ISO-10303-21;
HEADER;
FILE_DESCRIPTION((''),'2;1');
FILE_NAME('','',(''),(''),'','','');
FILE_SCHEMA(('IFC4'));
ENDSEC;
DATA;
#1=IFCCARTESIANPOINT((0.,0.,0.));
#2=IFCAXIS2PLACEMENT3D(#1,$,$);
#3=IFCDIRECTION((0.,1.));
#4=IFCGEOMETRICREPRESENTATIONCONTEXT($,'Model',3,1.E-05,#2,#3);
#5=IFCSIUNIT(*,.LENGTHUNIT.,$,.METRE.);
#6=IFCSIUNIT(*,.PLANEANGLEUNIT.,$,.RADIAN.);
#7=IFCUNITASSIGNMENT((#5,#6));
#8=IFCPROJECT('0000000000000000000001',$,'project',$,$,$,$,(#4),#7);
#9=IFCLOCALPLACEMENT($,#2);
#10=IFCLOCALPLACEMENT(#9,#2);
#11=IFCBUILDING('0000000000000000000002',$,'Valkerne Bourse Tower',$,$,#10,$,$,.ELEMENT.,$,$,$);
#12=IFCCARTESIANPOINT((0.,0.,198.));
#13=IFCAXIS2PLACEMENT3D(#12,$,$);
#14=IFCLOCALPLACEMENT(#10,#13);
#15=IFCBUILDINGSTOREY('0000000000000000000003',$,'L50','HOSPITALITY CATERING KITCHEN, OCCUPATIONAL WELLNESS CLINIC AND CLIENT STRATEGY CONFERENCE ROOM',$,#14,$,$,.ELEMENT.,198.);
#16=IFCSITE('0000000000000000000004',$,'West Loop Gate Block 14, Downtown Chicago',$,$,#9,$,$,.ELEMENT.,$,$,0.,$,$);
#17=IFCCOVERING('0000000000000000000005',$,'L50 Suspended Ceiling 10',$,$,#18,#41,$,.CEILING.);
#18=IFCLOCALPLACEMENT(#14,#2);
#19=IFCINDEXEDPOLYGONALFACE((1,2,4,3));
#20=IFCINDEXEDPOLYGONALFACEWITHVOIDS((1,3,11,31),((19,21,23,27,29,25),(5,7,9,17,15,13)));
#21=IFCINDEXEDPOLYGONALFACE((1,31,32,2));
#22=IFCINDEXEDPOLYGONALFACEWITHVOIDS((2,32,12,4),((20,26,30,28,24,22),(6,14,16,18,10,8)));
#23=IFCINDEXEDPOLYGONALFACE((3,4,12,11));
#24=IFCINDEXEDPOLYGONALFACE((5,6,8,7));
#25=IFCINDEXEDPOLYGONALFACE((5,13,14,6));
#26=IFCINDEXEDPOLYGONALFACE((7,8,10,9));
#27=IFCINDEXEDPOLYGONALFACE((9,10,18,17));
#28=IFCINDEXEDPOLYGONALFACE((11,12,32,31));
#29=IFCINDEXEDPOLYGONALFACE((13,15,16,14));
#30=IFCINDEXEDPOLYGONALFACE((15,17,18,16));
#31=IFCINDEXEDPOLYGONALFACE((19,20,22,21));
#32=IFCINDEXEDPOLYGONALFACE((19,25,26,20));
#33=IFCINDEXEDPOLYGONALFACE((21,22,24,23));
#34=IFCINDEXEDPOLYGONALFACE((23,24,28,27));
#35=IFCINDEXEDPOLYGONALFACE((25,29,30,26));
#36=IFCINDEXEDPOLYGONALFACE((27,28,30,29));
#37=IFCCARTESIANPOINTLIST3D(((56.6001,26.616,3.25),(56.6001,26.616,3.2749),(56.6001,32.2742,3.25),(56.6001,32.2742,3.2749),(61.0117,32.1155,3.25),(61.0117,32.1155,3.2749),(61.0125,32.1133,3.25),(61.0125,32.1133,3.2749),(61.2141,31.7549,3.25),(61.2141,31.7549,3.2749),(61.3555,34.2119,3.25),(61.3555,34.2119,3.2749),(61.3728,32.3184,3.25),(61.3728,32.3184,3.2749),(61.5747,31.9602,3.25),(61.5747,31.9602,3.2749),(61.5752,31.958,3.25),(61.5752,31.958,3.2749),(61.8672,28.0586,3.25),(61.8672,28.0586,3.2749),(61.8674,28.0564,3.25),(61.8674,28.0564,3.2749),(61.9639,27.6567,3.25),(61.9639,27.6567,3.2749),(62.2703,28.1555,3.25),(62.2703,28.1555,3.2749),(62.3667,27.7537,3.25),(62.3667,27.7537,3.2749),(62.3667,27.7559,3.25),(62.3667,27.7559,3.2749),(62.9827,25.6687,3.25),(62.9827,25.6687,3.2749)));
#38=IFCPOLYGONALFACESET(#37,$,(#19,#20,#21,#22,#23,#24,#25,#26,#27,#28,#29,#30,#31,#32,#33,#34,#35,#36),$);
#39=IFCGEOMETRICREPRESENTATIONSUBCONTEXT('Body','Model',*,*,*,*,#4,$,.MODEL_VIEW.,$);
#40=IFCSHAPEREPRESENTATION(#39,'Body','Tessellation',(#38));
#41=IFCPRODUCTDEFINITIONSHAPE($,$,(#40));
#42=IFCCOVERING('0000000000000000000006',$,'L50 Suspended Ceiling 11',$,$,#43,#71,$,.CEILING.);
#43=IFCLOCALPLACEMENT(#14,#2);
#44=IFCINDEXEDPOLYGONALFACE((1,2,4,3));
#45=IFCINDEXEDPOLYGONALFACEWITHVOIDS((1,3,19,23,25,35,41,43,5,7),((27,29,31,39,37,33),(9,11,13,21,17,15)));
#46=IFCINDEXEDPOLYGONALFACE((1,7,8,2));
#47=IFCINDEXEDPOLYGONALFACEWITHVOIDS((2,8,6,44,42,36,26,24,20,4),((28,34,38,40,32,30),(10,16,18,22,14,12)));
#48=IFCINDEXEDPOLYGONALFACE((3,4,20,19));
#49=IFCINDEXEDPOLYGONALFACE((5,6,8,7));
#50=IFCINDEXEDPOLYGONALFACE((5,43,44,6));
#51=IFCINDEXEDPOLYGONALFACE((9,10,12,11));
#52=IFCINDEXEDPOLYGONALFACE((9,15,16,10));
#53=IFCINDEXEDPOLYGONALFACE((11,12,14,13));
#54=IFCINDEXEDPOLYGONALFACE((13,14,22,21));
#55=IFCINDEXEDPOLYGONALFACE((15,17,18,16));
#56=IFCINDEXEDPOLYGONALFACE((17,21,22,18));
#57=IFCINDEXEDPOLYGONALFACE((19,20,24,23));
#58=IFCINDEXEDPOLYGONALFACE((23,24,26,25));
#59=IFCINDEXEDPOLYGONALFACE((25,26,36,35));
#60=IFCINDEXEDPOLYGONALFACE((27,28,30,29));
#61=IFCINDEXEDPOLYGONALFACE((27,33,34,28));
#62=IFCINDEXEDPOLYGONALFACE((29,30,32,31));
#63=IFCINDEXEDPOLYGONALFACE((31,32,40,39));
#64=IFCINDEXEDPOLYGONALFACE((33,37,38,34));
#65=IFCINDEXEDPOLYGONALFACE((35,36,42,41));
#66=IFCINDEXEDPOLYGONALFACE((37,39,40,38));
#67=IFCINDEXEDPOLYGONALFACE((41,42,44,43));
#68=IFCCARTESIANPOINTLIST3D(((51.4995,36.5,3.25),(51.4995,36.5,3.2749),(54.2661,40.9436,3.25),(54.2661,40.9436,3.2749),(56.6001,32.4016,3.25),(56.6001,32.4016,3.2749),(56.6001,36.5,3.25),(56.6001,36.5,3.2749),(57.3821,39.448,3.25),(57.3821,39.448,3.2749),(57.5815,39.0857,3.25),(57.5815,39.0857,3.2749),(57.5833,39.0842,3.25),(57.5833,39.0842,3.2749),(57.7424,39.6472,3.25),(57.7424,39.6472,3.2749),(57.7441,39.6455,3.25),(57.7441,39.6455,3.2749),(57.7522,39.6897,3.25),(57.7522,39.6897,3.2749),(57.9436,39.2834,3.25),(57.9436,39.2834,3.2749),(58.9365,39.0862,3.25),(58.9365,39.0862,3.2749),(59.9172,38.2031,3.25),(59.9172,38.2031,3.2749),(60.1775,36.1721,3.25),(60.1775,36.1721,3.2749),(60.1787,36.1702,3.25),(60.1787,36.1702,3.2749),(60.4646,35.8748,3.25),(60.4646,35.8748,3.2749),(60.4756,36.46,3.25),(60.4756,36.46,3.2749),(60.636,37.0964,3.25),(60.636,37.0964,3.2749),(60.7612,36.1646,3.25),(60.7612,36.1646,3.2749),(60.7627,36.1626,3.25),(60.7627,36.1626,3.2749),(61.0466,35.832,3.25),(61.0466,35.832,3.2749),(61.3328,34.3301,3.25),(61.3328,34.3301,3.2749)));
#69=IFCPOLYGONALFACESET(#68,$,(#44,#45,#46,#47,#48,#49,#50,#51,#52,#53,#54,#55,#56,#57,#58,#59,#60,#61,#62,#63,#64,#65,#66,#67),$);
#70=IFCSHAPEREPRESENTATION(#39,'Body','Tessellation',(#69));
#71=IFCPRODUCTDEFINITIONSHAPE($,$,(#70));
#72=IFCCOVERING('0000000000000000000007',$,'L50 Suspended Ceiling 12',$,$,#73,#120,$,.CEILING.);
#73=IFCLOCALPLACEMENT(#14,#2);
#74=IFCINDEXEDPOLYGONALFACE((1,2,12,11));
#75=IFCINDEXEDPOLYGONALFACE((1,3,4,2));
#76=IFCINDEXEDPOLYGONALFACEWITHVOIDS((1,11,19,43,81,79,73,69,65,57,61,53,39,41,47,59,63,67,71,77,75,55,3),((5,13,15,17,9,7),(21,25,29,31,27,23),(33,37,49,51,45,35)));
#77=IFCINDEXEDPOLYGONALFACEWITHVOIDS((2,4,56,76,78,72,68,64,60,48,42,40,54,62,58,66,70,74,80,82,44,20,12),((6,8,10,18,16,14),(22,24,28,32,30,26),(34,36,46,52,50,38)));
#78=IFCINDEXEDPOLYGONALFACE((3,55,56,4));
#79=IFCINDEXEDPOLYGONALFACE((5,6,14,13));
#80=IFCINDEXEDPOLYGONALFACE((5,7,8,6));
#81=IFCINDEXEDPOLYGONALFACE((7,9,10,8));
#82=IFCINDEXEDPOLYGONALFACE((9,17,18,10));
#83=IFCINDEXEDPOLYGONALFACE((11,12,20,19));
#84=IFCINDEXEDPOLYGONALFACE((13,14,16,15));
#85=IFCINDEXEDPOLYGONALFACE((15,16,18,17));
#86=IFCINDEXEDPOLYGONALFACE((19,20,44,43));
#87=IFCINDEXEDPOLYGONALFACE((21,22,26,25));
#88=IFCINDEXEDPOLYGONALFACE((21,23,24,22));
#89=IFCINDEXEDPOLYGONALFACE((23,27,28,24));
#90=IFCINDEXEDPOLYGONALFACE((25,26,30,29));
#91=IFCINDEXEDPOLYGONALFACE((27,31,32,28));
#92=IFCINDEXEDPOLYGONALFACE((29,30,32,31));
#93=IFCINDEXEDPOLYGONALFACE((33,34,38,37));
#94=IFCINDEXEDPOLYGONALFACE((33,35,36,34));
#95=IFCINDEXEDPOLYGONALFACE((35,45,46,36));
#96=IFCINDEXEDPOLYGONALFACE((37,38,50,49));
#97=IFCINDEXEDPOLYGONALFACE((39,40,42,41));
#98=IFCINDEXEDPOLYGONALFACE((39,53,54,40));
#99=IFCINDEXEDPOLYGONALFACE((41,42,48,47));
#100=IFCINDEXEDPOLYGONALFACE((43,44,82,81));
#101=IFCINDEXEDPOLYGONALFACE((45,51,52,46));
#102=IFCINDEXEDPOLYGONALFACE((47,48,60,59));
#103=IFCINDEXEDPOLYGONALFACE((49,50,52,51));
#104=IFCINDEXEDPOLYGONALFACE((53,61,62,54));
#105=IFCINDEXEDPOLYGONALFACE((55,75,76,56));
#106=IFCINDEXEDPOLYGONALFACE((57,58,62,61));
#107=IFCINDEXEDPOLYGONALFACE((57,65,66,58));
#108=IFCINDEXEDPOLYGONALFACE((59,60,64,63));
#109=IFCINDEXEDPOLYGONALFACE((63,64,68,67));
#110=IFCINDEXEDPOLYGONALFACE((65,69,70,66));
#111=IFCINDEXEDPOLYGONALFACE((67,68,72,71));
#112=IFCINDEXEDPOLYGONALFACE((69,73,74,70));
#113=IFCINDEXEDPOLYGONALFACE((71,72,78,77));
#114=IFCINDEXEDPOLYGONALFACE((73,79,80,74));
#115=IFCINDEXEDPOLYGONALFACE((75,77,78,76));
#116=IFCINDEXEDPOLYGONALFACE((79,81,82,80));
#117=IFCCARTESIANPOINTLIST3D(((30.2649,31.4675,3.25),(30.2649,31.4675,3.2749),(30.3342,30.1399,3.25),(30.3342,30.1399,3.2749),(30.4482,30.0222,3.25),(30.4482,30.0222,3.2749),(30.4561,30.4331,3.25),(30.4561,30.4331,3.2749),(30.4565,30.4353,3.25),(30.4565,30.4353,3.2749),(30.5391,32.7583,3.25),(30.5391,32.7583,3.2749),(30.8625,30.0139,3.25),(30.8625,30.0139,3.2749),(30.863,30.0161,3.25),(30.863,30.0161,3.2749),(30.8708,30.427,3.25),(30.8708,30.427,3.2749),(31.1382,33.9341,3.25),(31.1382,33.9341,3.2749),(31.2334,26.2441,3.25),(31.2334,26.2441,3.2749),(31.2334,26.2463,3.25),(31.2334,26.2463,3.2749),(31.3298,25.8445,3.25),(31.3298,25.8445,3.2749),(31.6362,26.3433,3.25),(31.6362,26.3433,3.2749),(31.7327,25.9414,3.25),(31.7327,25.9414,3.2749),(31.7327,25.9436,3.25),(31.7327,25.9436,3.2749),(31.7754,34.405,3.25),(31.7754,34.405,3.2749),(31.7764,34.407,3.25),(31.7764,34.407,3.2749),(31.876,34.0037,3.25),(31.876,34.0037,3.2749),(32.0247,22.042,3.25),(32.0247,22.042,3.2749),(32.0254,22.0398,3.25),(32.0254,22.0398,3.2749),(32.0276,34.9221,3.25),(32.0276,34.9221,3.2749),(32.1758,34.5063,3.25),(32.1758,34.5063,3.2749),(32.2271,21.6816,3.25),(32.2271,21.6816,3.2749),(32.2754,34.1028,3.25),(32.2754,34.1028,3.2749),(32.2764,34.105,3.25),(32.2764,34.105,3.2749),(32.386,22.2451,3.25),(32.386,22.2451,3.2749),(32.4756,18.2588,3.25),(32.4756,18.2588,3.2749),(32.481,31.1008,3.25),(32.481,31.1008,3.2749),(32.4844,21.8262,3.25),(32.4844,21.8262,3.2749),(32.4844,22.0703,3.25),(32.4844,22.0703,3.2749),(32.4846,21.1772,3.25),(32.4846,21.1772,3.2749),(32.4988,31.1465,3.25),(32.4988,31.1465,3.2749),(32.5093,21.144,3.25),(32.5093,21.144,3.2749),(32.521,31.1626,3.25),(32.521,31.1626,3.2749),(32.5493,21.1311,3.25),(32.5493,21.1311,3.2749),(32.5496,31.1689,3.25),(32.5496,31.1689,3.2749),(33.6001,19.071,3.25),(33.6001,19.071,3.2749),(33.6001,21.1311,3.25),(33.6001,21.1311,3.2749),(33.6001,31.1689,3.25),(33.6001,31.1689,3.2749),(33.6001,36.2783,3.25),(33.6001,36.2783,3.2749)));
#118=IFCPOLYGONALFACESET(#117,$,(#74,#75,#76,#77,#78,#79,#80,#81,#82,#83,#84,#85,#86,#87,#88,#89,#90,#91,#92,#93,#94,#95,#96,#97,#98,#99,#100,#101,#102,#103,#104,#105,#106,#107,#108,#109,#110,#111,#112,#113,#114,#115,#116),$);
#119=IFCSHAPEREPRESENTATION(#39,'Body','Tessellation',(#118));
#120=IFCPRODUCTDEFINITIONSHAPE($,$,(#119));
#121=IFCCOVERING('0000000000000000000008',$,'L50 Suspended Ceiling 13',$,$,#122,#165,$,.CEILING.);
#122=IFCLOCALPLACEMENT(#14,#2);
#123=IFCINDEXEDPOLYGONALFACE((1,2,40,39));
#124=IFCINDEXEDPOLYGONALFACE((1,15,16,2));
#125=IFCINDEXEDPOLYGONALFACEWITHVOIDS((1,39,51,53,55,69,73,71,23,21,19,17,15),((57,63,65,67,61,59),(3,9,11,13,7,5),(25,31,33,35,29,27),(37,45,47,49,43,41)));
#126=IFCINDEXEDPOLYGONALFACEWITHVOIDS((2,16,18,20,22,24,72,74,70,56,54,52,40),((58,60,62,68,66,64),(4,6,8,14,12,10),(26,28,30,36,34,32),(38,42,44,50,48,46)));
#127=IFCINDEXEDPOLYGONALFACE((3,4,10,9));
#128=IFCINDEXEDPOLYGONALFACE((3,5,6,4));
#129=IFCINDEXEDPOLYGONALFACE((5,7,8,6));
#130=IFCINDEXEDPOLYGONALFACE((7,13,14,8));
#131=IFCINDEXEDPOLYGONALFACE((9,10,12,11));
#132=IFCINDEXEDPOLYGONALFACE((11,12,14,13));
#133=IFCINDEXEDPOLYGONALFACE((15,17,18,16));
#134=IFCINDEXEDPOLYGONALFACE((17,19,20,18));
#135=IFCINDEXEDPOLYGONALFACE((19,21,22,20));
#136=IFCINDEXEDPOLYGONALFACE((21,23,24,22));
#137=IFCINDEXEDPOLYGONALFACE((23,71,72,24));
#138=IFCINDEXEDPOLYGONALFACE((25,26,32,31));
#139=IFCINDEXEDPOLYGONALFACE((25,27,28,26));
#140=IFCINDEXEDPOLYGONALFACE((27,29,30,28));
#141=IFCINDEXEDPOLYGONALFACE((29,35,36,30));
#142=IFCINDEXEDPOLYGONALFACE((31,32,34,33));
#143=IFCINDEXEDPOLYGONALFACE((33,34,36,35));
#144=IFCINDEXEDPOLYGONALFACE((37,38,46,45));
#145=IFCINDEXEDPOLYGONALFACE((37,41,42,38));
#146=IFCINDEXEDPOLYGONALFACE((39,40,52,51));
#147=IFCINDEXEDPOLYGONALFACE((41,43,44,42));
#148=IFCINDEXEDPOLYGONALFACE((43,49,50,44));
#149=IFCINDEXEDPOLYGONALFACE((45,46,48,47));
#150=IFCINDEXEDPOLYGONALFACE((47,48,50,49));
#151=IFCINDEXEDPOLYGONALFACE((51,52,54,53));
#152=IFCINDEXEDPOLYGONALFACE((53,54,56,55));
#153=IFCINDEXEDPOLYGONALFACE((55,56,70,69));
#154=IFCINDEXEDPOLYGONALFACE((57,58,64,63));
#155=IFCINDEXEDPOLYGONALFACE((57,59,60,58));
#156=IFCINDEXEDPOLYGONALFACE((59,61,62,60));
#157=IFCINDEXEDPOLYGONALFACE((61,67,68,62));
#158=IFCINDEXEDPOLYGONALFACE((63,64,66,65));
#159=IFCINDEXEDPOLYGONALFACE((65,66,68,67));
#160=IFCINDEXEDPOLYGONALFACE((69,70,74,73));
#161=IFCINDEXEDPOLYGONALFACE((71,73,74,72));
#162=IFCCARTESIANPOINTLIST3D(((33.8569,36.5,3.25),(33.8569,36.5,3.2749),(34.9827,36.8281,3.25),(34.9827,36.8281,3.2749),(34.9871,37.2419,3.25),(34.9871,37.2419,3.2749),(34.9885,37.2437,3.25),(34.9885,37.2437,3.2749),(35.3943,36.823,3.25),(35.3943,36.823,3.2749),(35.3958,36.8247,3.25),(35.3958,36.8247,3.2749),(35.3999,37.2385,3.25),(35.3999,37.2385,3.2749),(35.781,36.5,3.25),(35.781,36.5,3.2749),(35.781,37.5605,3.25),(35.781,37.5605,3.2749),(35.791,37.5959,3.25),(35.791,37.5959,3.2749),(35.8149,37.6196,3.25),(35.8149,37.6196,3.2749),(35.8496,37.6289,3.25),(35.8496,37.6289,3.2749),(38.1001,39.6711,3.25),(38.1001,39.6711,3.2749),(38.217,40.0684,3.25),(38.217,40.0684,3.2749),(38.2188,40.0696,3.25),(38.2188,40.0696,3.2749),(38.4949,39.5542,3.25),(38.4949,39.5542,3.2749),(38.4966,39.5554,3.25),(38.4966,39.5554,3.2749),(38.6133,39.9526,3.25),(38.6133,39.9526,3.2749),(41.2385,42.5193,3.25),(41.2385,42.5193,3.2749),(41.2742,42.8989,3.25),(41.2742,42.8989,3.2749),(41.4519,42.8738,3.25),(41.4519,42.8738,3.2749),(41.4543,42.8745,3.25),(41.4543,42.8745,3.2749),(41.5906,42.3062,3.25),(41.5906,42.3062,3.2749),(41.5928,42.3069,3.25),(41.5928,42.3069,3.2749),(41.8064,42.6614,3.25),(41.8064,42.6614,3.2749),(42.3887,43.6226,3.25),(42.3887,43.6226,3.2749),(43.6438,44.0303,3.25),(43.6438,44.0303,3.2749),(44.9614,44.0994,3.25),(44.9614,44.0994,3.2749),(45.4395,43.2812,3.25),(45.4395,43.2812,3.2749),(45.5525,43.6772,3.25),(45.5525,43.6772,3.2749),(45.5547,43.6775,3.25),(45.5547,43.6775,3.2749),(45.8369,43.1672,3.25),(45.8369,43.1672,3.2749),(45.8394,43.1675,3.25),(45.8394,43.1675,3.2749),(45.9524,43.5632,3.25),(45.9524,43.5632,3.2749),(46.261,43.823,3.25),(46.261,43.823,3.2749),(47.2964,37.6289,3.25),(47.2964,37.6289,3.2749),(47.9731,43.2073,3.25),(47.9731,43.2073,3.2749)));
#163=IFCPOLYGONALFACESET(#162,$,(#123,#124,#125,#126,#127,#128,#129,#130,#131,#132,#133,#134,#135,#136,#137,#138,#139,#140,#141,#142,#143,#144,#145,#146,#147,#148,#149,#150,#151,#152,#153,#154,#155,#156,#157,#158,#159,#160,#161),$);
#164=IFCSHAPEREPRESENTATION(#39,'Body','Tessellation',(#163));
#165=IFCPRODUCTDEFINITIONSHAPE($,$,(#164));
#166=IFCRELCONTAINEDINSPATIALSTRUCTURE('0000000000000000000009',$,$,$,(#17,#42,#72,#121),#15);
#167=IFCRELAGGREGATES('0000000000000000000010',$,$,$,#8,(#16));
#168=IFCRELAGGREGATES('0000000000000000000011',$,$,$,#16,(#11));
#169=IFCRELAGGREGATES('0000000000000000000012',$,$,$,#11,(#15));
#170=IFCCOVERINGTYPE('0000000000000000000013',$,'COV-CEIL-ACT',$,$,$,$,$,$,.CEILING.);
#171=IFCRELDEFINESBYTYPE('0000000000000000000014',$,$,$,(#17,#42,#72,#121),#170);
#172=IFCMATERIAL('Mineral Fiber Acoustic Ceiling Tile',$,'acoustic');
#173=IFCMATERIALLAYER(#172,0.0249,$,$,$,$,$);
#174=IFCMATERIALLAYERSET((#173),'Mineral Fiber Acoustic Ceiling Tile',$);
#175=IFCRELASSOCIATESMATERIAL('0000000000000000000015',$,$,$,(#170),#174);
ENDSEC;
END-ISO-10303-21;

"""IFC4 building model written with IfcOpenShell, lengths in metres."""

from ifc_helpers import new_model, si_unit, direction, frame, origin, place, context, subcontext, project, spatial, polyline, outline, extrude, material, layer, layer_set, type_object, element, save


model = new_model("IFC4")

# Units and contexts
model_context = context("Model", 3, precision=1e-05, world=origin(), true_north=direction((0.0, 1.0)))
body_context = subcontext(model_context, "Body", "Model", "MODEL_VIEW")
ifc_project = project(units=[si_unit("LENGTHUNIT", "METRE"), si_unit("PLANEANGLEUNIT", "RADIAN")], contexts=[model_context])

# Site, building, storey
site_placement = place(None, origin())
site = spatial("IfcSite", under=ifc_project, at=site_placement, Name="West Loop Gate Block 14, Downtown Chicago", CompositionType="ELEMENT", RefElevation=0.0)
building_placement = place(site_placement, origin())
building = spatial("IfcBuilding", under=site, at=building_placement, Name="Valkerne Bourse Tower", CompositionType="ELEMENT")
storey_placement = place(building_placement, frame((0.0, 0.0, 198.0)))
storey = spatial("IfcBuildingStorey", under=building, at=storey_placement, Name="L50", Description="HOSPITALITY CATERING KITCHEN, OCCUPATIONAL WELLNESS CLINIC AND CLIENT STRATEGY CONFERENCE ROOM", CompositionType="ELEMENT", Elevation=198.0)

# Coverings
ifc_material_1 = material(Name="Mineral Fiber Acoustic Ceiling Tile", Category="acoustic")
ifc_layer_1 = layer(ifc_material_1, 0.0249)
ifc_layer_set_1 = layer_set([ifc_layer_1], Name="Mineral Fiber Acoustic Ceiling Tile")
covering_type_1 = type_object("IfcCoveringType", Name="COV-CEIL-ACT", PredefinedType="CEILING", material=ifc_layer_set_1)
covering_1_placement = place(storey_placement, frame((0.0, 0.0, 3.25)))
element("IfcCovering", 1, at=covering_1_placement, inside=storey, type_object=covering_type_1, Name="L50 Suspended Ceiling 10", PredefinedType="CEILING", context=body_context, shape_type="SweptSolid", body=[
    extrude(outline(polyline([(61.3555, 34.2119), (62.9827, 25.6687), (56.6001, 26.616), (56.6001, 32.2742), (61.3555, 34.2119)]), holes=[polyline([(62.3667, 27.7559), (62.2703, 28.1555), (61.8672, 28.0586), (61.8674, 28.0564), (61.9639, 27.6567), (62.3667, 27.7537), (62.3667, 27.7559)]), polyline([(61.5747, 31.9602), (61.3728, 32.3184), (61.0117, 32.1155), (61.0125, 32.1133), (61.2141, 31.7549), (61.5752, 31.958), (61.5747, 31.9602)])]), origin(), (0.0, 0.0, 1.0), 0.0249),
])
covering_2_placement = place(storey_placement, frame((0.0, 0.0, 3.25)))
element("IfcCovering", 2, at=covering_2_placement, inside=storey, type_object=covering_type_1, Name="L50 Suspended Ceiling 11", PredefinedType="CEILING", context=body_context, shape_type="SweptSolid", body=[
    extrude(outline(polyline([(59.9172, 38.2031), (60.636, 37.0964), (61.0466, 35.832), (61.3328, 34.3301), (56.6001, 32.4016), (56.6001, 36.5), (51.4995, 36.5), (54.2661, 40.9436), (57.7522, 39.6897), (58.9365, 39.0862), (59.9172, 38.2031)]), holes=[polyline([(60.7612, 36.1646), (60.4756, 36.46), (60.1775, 36.1721), (60.1787, 36.1702), (60.4646, 35.8748), (60.7627, 36.1626), (60.7612, 36.1646)]), polyline([(57.7441, 39.6455), (57.7424, 39.6472), (57.3821, 39.448), (57.5815, 39.0857), (57.5833, 39.0842), (57.9436, 39.2834), (57.7441, 39.6455)])]), origin(), (0.0, 0.0, 1.0), 0.0249),
])
covering_3_placement = place(storey_placement, frame((0.0, 0.0, 3.25)))
element("IfcCovering", 3, at=covering_3_placement, inside=storey, type_object=covering_type_1, Name="L50 Suspended Ceiling 12", PredefinedType="CEILING", context=body_context, shape_type="SweptSolid", body=[
    extrude(outline(polyline([(30.5391, 32.7583), (31.1382, 33.9341), (32.0276, 34.9221), (33.6001, 36.2783), (33.6001, 31.1689), (32.5496, 31.1689), (32.521, 31.1626), (32.4988, 31.1465), (32.481, 31.1008), (32.4844, 22.0703), (32.386, 22.2451), (32.0247, 22.042), (32.0254, 22.0398), (32.2271, 21.6816), (32.4844, 21.8262), (32.4846, 21.1772), (32.5093, 21.144), (32.5493, 21.1311), (33.6001, 21.1311), (33.6001, 19.071), (32.4756, 18.2588), (30.3342, 30.1399), (30.2649, 31.4675), (30.5391, 32.7583)]), holes=[polyline([(31.7327, 25.9436), (31.6362, 26.3433), (31.2334, 26.2463), (31.2334, 26.2441), (31.3298, 25.8445), (31.7327, 25.9414), (31.7327, 25.9436)]), polyline([(30.8708, 30.427), (30.4565, 30.4353), (30.4561, 30.4331), (30.4482, 30.0222), (30.8625, 30.0139), (30.863, 30.0161), (30.8708, 30.427)]), polyline([(32.2764, 34.105), (32.1758, 34.5063), (31.7764, 34.407), (31.7754, 34.405), (31.876, 34.0037), (32.2754, 34.1028), (32.2764, 34.105)])]), origin(), (0.0, 0.0, 1.0), 0.0249),
])
covering_4_placement = place(storey_placement, frame((0.0, 0.0, 3.25)))
element("IfcCovering", 4, at=covering_4_placement, inside=storey, type_object=covering_type_1, Name="L50 Suspended Ceiling 13", PredefinedType="CEILING", context=body_context, shape_type="SweptSolid", body=[
    extrude(outline(polyline([(41.2742, 42.8989), (42.3887, 43.6226), (43.6438, 44.0303), (44.9614, 44.0994), (46.261, 43.823), (47.9731, 43.2073), (47.2964, 37.6289), (35.8496, 37.6289), (35.8149, 37.6196), (35.791, 37.5959), (35.781, 37.5605), (35.781, 36.5), (33.8569, 36.5), (41.2742, 42.8989)]), holes=[polyline([(35.3999, 37.2385), (34.9885, 37.2437), (34.9871, 37.2419), (34.9827, 36.8281), (35.3943, 36.823), (35.3958, 36.8247), (35.3999, 37.2385)]), polyline([(38.4966, 39.5554), (38.6133, 39.9526), (38.2188, 40.0696), (38.217, 40.0684), (38.1001, 39.6711), (38.4949, 39.5542), (38.4966, 39.5554)]), polyline([(41.5928, 42.3069), (41.8064, 42.6614), (41.4543, 42.8745), (41.4519, 42.8738), (41.2385, 42.5193), (41.5906, 42.3062), (41.5928, 42.3069)]), polyline([(45.9524, 43.5632), (45.5547, 43.6775), (45.5525, 43.6772), (45.4395, 43.2812), (45.8369, 43.1672), (45.8394, 43.1675), (45.9524, 43.5632)])]), origin(), (0.0, 0.0, 1.0), 0.0249),
])

save(model, "model.ifc")
